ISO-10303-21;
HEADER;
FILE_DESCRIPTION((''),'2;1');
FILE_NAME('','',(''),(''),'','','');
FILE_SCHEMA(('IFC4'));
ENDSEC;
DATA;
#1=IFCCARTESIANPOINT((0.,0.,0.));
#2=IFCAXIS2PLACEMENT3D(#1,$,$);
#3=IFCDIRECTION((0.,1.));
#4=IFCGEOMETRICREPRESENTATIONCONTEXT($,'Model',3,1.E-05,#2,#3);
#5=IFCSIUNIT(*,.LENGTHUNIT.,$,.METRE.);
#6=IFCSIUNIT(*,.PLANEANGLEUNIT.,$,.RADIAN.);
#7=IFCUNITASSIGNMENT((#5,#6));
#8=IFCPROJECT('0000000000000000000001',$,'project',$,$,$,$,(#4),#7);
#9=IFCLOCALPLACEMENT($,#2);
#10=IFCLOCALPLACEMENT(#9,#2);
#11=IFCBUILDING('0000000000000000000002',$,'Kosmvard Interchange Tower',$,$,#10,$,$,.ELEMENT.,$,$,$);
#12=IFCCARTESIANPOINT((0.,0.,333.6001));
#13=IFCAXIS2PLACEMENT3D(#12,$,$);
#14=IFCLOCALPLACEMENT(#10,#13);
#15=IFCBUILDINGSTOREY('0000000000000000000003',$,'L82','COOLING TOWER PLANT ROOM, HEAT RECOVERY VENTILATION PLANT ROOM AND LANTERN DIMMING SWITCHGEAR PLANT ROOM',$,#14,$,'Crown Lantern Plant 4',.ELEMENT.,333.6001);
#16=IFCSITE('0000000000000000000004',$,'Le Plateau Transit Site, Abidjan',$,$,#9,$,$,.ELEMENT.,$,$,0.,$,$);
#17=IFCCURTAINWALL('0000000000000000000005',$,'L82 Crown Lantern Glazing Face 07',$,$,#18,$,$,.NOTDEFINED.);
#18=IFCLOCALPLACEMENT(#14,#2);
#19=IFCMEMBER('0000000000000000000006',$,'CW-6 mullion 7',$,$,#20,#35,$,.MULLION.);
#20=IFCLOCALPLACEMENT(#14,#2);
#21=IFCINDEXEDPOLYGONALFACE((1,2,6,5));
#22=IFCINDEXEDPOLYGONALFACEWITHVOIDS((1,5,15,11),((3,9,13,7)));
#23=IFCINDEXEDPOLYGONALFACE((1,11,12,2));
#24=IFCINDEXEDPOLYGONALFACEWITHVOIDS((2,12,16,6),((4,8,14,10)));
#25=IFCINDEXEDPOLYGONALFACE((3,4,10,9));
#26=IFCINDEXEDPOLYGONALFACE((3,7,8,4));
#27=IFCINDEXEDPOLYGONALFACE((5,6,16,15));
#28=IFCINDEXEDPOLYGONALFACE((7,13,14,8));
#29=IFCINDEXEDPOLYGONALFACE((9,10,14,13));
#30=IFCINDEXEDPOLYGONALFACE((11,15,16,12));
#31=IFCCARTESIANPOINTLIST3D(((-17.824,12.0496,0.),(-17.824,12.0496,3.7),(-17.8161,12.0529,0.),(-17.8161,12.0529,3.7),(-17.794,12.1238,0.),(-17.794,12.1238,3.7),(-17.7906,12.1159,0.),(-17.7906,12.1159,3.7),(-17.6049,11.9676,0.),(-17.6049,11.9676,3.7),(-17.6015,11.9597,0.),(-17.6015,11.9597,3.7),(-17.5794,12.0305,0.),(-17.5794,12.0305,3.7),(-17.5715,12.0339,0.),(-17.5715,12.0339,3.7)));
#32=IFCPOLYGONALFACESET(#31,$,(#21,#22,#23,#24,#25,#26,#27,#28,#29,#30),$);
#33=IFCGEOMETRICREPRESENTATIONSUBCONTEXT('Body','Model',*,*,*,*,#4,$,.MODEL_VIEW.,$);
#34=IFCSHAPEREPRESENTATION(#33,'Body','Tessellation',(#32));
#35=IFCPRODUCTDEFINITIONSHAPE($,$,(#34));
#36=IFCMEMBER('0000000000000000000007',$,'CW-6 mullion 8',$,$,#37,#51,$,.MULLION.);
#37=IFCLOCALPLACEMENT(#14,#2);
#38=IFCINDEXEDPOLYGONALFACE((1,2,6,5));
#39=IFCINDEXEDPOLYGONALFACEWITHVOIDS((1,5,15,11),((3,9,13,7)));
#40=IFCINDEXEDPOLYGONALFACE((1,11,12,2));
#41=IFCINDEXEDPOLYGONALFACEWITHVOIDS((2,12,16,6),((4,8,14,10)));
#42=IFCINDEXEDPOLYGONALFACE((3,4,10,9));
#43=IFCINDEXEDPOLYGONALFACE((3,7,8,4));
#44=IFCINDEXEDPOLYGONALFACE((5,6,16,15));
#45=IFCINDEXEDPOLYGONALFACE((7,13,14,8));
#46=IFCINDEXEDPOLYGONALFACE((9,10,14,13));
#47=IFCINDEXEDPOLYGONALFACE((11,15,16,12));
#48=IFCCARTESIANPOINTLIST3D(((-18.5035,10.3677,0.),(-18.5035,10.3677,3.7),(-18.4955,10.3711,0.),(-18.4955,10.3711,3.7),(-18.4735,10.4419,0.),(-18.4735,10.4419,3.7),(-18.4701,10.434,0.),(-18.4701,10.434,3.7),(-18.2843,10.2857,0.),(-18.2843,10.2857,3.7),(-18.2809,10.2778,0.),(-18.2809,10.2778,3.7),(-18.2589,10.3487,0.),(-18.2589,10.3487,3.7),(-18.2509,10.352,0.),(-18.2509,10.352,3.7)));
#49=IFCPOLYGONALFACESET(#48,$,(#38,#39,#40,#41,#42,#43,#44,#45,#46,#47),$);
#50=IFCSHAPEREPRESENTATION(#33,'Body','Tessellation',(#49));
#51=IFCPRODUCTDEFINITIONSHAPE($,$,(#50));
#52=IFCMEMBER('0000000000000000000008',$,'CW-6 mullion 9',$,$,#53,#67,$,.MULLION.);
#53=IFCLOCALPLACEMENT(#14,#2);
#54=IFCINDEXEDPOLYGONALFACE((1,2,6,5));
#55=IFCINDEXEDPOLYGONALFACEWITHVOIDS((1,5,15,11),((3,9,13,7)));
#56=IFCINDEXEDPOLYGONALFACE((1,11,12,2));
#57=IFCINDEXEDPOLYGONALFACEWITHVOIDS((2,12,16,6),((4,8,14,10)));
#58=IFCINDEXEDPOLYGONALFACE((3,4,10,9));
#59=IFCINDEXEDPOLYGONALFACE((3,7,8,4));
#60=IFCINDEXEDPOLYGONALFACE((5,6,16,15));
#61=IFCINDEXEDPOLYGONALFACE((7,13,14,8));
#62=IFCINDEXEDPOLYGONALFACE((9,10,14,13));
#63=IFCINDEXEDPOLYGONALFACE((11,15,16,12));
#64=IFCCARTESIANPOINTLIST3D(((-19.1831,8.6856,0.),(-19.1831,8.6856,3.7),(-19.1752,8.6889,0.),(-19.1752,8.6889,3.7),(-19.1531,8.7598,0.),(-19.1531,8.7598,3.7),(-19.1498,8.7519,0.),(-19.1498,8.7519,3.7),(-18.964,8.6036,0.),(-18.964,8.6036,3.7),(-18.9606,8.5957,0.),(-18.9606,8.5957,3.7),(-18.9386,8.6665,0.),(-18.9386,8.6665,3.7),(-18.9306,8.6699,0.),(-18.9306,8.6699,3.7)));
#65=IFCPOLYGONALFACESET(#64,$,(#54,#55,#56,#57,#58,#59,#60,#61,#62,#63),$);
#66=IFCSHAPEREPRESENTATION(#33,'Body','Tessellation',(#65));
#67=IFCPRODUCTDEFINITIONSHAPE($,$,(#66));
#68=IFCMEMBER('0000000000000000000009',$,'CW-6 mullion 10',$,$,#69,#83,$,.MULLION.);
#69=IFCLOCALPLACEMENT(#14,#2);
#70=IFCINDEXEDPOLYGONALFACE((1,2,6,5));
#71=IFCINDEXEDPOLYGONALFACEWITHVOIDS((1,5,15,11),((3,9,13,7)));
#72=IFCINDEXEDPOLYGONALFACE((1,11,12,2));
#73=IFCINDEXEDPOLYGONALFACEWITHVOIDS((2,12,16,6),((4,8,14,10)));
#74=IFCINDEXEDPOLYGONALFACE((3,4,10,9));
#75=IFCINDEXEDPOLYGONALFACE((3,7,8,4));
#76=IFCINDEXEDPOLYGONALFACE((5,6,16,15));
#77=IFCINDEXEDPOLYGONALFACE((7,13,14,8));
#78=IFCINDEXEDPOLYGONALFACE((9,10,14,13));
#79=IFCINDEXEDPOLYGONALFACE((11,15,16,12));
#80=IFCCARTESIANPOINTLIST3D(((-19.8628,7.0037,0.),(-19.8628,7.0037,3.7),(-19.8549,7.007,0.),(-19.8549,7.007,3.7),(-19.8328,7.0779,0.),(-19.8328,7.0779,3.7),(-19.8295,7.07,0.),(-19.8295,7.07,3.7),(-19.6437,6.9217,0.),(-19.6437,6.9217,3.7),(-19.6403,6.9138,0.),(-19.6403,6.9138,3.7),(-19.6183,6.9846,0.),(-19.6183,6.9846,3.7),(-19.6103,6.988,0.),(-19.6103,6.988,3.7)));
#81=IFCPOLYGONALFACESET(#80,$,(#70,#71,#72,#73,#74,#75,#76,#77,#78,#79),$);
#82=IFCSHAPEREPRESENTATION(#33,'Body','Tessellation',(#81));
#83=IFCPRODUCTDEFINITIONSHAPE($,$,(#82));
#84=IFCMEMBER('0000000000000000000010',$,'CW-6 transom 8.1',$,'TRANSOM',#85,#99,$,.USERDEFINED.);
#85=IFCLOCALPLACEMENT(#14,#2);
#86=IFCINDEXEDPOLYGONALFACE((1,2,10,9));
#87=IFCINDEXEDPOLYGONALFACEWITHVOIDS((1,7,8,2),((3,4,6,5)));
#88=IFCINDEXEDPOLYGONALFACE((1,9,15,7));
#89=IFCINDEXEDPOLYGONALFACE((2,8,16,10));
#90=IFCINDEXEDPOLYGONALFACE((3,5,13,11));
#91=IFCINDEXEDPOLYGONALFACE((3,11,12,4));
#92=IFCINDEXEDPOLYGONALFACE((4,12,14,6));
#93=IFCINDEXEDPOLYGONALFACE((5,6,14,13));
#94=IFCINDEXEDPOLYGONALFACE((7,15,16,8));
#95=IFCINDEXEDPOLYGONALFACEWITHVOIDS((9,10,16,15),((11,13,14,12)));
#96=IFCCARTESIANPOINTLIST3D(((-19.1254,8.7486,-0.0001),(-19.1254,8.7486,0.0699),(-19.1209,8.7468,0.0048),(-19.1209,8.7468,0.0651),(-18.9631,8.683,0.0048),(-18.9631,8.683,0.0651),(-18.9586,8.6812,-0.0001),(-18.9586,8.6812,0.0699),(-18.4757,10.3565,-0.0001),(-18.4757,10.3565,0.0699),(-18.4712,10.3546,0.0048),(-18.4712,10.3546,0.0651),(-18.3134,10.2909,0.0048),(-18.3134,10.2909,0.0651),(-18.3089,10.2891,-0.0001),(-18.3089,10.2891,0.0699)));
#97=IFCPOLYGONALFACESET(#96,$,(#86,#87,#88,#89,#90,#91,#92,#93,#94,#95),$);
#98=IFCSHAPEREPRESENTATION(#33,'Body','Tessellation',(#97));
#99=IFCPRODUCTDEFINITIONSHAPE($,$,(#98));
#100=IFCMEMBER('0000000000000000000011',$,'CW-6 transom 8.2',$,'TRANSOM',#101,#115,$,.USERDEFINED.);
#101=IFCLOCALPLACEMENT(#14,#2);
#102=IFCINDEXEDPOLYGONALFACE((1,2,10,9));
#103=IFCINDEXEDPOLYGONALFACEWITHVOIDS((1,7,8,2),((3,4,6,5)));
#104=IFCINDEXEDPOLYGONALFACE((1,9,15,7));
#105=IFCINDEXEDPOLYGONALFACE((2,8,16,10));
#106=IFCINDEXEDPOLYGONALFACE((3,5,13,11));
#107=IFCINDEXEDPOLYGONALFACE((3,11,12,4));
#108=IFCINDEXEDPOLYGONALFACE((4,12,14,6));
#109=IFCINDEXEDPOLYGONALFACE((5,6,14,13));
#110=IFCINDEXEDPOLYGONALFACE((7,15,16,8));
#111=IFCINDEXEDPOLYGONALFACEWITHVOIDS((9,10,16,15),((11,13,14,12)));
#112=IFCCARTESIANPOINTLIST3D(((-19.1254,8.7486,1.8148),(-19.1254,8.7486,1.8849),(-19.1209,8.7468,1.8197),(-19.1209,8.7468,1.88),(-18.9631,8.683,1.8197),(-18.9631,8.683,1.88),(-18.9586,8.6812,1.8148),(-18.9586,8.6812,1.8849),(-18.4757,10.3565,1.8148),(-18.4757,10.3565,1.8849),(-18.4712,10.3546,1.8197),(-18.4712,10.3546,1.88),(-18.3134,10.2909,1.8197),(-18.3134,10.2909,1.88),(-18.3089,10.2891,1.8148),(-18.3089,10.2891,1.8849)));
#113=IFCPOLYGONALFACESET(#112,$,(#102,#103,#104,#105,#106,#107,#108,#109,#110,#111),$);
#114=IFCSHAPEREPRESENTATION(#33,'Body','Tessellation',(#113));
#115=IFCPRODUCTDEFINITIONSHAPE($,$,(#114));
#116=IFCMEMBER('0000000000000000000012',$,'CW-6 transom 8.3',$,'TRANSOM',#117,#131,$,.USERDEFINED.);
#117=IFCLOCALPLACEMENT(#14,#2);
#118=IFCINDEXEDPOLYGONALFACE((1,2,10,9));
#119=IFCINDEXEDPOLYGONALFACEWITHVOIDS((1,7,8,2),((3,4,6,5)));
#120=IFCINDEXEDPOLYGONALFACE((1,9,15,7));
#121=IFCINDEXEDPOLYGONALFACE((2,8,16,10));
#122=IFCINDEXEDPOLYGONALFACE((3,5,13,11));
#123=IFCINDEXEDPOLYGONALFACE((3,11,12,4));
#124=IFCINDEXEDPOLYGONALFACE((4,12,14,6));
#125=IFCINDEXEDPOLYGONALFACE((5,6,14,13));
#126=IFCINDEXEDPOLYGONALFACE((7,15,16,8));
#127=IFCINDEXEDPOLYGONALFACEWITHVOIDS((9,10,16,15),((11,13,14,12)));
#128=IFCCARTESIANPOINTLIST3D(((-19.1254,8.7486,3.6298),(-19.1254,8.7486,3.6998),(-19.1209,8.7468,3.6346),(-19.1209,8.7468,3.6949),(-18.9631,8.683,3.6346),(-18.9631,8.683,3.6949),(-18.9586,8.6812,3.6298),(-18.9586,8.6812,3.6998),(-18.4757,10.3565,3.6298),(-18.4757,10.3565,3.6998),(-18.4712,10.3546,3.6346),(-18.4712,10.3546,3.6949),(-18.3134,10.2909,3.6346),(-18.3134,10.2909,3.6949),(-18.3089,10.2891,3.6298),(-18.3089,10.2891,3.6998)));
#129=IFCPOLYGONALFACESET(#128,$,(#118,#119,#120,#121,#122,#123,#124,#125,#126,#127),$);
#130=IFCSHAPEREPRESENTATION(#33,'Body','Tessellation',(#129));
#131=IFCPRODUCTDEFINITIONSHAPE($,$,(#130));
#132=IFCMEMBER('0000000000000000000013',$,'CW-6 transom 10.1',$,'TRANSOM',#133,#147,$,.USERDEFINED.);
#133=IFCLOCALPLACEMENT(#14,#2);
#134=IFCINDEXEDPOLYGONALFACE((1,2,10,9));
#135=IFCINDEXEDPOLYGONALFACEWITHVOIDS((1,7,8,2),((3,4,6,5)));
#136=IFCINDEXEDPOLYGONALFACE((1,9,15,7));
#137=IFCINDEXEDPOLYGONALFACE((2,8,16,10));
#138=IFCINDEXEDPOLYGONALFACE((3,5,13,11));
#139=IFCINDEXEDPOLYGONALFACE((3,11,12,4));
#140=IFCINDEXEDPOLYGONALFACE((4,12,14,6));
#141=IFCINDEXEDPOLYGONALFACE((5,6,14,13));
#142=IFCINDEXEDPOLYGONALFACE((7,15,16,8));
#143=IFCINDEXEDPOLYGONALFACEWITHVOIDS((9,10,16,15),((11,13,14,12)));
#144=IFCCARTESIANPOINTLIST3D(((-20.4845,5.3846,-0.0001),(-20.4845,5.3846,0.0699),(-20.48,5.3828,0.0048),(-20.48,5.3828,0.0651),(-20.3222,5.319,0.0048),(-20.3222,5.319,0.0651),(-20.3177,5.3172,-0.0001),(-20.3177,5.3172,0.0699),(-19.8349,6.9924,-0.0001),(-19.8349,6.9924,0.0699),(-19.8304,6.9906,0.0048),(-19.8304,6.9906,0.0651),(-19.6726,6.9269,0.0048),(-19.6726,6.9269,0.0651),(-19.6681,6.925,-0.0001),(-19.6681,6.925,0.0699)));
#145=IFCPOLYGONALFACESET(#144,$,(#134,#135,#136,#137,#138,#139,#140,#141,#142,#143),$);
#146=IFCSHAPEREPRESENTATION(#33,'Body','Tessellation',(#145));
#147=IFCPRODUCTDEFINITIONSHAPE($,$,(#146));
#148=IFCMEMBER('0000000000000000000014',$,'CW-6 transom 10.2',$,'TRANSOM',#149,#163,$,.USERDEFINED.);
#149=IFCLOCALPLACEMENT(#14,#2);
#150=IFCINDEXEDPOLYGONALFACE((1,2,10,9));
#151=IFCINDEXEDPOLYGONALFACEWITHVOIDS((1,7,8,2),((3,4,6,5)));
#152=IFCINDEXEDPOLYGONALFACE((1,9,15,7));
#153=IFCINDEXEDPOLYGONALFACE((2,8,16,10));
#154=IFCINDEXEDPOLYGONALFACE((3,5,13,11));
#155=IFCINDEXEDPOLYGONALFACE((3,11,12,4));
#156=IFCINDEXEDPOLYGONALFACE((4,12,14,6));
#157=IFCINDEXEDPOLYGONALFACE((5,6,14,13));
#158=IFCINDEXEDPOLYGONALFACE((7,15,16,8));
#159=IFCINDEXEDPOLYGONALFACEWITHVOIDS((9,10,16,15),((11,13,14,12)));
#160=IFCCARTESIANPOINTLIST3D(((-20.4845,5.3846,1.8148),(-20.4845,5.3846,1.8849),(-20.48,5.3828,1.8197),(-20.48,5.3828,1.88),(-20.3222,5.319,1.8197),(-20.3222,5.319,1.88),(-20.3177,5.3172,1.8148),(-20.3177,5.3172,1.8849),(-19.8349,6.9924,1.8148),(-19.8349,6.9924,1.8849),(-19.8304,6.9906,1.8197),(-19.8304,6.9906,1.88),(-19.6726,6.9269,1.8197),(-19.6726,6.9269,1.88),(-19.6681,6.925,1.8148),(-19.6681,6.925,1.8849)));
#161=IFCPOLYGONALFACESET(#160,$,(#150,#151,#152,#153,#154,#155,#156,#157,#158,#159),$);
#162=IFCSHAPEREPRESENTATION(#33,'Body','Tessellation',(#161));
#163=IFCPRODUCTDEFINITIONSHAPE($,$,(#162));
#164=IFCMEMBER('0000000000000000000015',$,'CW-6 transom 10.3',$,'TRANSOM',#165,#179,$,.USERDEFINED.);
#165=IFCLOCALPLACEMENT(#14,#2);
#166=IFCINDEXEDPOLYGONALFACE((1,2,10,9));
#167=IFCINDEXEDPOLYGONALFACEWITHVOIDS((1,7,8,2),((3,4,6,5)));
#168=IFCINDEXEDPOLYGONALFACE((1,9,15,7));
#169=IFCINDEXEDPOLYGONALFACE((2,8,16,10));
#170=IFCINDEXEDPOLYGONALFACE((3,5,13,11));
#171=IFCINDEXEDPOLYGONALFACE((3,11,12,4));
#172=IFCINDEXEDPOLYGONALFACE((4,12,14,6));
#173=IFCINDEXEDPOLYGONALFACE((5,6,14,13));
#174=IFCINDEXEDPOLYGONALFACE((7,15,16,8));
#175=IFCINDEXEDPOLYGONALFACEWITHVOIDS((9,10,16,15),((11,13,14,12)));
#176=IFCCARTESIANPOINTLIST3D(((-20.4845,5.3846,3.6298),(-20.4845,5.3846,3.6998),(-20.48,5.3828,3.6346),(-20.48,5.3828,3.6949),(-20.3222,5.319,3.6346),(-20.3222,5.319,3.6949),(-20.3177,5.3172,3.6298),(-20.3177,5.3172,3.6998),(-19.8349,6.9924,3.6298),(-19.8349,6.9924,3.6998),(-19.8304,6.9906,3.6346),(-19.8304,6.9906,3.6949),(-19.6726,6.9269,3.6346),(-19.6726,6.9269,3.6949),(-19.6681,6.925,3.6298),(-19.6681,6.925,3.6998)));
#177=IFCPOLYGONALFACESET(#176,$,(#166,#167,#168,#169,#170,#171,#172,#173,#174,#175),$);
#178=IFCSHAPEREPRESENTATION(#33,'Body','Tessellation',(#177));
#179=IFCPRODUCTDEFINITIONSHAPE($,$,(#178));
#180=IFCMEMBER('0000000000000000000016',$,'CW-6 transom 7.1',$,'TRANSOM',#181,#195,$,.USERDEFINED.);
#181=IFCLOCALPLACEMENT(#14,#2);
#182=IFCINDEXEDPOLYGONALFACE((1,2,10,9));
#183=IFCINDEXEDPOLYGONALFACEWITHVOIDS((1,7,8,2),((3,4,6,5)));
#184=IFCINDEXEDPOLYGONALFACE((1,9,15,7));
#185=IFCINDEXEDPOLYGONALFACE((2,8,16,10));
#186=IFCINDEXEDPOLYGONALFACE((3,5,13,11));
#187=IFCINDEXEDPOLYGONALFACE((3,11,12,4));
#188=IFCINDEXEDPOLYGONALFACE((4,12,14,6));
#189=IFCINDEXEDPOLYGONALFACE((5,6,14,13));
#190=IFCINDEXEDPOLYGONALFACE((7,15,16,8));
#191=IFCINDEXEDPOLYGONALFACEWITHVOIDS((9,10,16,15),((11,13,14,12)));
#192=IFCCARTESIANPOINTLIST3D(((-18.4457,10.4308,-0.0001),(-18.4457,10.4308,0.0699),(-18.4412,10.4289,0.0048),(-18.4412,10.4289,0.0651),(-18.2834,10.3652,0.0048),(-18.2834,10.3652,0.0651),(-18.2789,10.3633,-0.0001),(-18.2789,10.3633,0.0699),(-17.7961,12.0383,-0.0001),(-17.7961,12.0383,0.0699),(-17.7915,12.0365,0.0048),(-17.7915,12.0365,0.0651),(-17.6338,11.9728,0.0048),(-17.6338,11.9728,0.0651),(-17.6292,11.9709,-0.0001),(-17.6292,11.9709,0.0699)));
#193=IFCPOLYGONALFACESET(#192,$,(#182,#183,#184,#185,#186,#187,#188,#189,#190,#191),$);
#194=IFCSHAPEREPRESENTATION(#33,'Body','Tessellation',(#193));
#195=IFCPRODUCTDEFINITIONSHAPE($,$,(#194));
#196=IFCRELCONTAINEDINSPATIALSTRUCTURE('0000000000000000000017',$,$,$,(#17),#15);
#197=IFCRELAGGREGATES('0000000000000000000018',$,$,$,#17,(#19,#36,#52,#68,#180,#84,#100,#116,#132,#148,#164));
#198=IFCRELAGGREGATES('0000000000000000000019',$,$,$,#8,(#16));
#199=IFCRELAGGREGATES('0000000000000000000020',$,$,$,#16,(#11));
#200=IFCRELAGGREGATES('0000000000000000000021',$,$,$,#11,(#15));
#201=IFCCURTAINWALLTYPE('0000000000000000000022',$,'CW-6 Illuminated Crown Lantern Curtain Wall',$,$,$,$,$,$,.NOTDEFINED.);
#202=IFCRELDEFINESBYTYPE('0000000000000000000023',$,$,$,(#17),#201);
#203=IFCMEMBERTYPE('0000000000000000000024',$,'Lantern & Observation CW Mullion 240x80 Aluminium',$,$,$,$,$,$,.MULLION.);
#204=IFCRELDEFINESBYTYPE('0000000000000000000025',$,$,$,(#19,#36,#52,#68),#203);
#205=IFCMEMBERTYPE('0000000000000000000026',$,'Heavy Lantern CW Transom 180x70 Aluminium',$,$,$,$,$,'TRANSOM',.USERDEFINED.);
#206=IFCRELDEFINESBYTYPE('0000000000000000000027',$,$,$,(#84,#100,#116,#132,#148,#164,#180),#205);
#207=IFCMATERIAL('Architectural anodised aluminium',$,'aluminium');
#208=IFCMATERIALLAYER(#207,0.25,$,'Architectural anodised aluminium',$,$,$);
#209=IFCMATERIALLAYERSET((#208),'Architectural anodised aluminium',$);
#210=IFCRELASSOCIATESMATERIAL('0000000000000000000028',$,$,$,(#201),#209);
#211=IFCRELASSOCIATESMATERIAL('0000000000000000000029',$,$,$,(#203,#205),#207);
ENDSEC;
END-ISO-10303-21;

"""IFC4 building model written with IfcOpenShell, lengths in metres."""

from ifc_helpers import new_model, si_unit, direction, frame, origin, origin_2d, place, context, subcontext, project, spatial, hollow_rectangle, extrude, source, transform, mapped, material, layer, layer_set, material_profile, profile_set, type_object, element, aggregate, save


model = new_model("IFC4")

# Units and contexts
model_context = context("Model", 3, precision=1e-05, world=origin(), true_north=direction((0.0, 1.0)))
body_context = subcontext(model_context, "Body", "Model", "MODEL_VIEW")
ifc_project = project(units=[si_unit("LENGTHUNIT", "METRE"), si_unit("PLANEANGLEUNIT", "RADIAN")], contexts=[model_context])

# Site, building, storey
site_placement = place(None, origin())
site = spatial("IfcSite", under=ifc_project, at=site_placement, Name="Le Plateau Transit Site, Abidjan", CompositionType="ELEMENT", RefElevation=0.0)
building_placement = place(site_placement, origin())
building = spatial("IfcBuilding", under=site, at=building_placement, Name="Kosmvard Interchange Tower", CompositionType="ELEMENT")
storey_placement = place(building_placement, frame((0.0, 0.0, 333.6001)))
storey = spatial("IfcBuildingStorey", under=building, at=storey_placement, Name="L82", Description="COOLING TOWER PLANT ROOM, HEAT RECOVERY VENTILATION PLANT ROOM AND LANTERN DIMMING SWITCHGEAR PLANT ROOM", LongName="Crown Lantern Plant 4", CompositionType="ELEMENT", Elevation=333.6001)

# Curtain wall, members
ifc_material_1 = material(Name="Architectural anodised aluminium", Category="aluminium")
ifc_layer_1 = layer(ifc_material_1, 0.25, Name="Architectural anodised aluminium")
ifc_layer_set_1 = layer_set([ifc_layer_1], Name="Architectural anodised aluminium")
curtain_wall_type = type_object("IfcCurtainWallType", Name="CW-6 Illuminated Crown Lantern Curtain Wall", PredefinedType="NOTDEFINED", material=ifc_layer_set_1)
curtain_wall_placement = place(storey_placement, origin())
curtain_wall = element("IfcCurtainWall", 1, at=curtain_wall_placement, inside=storey, type_object=curtain_wall_type, Name="L82 Crown Lantern Glazing Face 07", PredefinedType="NOTDEFINED")
ifc_material_profile_1 = material_profile(ifc_material_1, hollow_rectangle(XDim=0.24, YDim=0.0801, WallThickness=0.0061, at=origin_2d()), Name="CWM 240x80x6")
ifc_profile_set_1 = profile_set([ifc_material_profile_1], Name="Architectural anodised aluminium")
member_type_1 = type_object("IfcMemberType", Name="Lantern & Observation CW Mullion 240x80 Aluminium", PredefinedType="MULLION", material=ifc_profile_set_1)
shared_shape_1 = source(origin(), body_context, "Body", "SweptSolid", [
    extrude(hollow_rectangle(XDim=0.24, YDim=0.0801, WallThickness=0.0061, at=origin_2d()), origin(), (0.0, 0.0, 1.0), 3.7),
])
member_1_placement = place(storey_placement, frame((-17.6978, 12.0417, 0.0), z_axis=(0.0, 0.0, 1.0), x_axis=(0.927184, -0.374607, 0.0)))
member_1 = element("IfcMember", 2, at=member_1_placement, type_object=member_type_1, Name="CW-6 mullion 7", PredefinedType="MULLION", context=body_context, shape_type="MappedRepresentation", body=[
    mapped(shared_shape_1, transform((0.0, 0.0, 0.0), scale=1.0)),
])
member_2_placement = place(storey_placement, frame((-18.3772, 10.3599, 0.0), z_axis=(0.0, 0.0, 1.0), x_axis=(0.927184, -0.374607, 0.0)))
member_2 = element("IfcMember", 3, at=member_2_placement, type_object=member_type_1, Name="CW-6 mullion 8", PredefinedType="MULLION", context=body_context, shape_type="MappedRepresentation", body=[
    mapped(shared_shape_1, transform((0.0, 0.0, 0.0), scale=1.0)),
])
member_3_placement = place(storey_placement, frame((-19.0569, 8.6777, 0.0), z_axis=(0.0, 0.0, 1.0), x_axis=(0.927184, -0.374607, 0.0)))
member_3 = element("IfcMember", 4, at=member_3_placement, type_object=member_type_1, Name="CW-6 mullion 9", PredefinedType="MULLION", context=body_context, shape_type="MappedRepresentation", body=[
    mapped(shared_shape_1, transform((0.0, 0.0, 0.0), scale=1.0)),
])
member_4_placement = place(storey_placement, frame((-19.7366, 6.9958, 0.0), z_axis=(0.0, 0.0, 1.0), x_axis=(0.927184, -0.374607, 0.0)))
member_4 = element("IfcMember", 5, at=member_4_placement, type_object=member_type_1, Name="CW-6 mullion 10", PredefinedType="MULLION", context=body_context, shape_type="MappedRepresentation", body=[
    mapped(shared_shape_1, transform((0.0, 0.0, 0.0), scale=1.0)),
])
ifc_material_profile_2 = material_profile(ifc_material_1, hollow_rectangle(XDim=0.1799, YDim=0.0701, WallThickness=0.0049, at=origin_2d()), Name="CWT 180x70x5")
ifc_profile_set_2 = profile_set([ifc_material_profile_2], Name="Architectural anodised aluminium")
member_type_2 = type_object("IfcMemberType", Name="Heavy Lantern CW Transom 180x70 Aluminium", ElementType="TRANSOM", PredefinedType="USERDEFINED", material=ifc_profile_set_2)
shared_shape_2 = source(origin(), body_context, "Body", "SweptSolid", [
    extrude(hollow_rectangle(XDim=0.1799, YDim=0.0701, WallThickness=0.0049, at=origin_2d()), origin(), (0.0, 0.0, 1.0), 1.7341),
])
member_5_placement = place(storey_placement, frame((-18.3923, 10.3228, 0.0349), z_axis=(-0.374617, -0.92718, 0.0), x_axis=(0.92718, -0.374617, 0.0)))
member_5 = element("IfcMember", 6, at=member_5_placement, type_object=member_type_2, Name="CW-6 transom 8.1", ObjectType="TRANSOM", PredefinedType="USERDEFINED", context=body_context, shape_type="MappedRepresentation", body=[
    mapped(shared_shape_2, transform((0.0, 0.0, 0.0), scale=1.0)),
])
member_6_placement = place(storey_placement, frame((-18.3923, 10.3228, 1.8499), z_axis=(-0.374617, -0.92718, 0.0), x_axis=(0.92718, -0.374617, 0.0)))
member_6 = element("IfcMember", 7, at=member_6_placement, type_object=member_type_2, Name="CW-6 transom 8.2", ObjectType="TRANSOM", PredefinedType="USERDEFINED", context=body_context, shape_type="MappedRepresentation", body=[
    mapped(shared_shape_2, transform((0.0, 0.0, 0.0), scale=1.0)),
])
member_7_placement = place(storey_placement, frame((-18.3923, 10.3228, 3.6648), z_axis=(-0.374617, -0.92718, 0.0), x_axis=(0.92718, -0.374617, 0.0)))
member_7 = element("IfcMember", 8, at=member_7_placement, type_object=member_type_2, Name="CW-6 transom 8.3", ObjectType="TRANSOM", PredefinedType="USERDEFINED", context=body_context, shape_type="MappedRepresentation", body=[
    mapped(shared_shape_2, transform((0.0, 0.0, 0.0), scale=1.0)),
])
member_8_placement = place(storey_placement, frame((-19.7515, 6.9587, 0.0349), z_axis=(-0.374617, -0.92718, 0.0), x_axis=(0.92718, -0.374617, 0.0)))
member_8 = element("IfcMember", 9, at=member_8_placement, type_object=member_type_2, Name="CW-6 transom 10.1", ObjectType="TRANSOM", PredefinedType="USERDEFINED", context=body_context, shape_type="MappedRepresentation", body=[
    mapped(shared_shape_2, transform((0.0, 0.0, 0.0), scale=1.0)),
])
member_9_placement = place(storey_placement, frame((-19.7515, 6.9587, 1.8499), z_axis=(-0.374617, -0.92718, 0.0), x_axis=(0.92718, -0.374617, 0.0)))
member_9 = element("IfcMember", 10, at=member_9_placement, type_object=member_type_2, Name="CW-6 transom 10.2", ObjectType="TRANSOM", PredefinedType="USERDEFINED", context=body_context, shape_type="MappedRepresentation", body=[
    mapped(shared_shape_2, transform((0.0, 0.0, 0.0), scale=1.0)),
])
member_10_placement = place(storey_placement, frame((-19.7515, 6.9587, 3.6648), z_axis=(-0.374617, -0.92718, 0.0), x_axis=(0.92718, -0.374617, 0.0)))
member_10 = element("IfcMember", 11, at=member_10_placement, type_object=member_type_2, Name="CW-6 transom 10.3", ObjectType="TRANSOM", PredefinedType="USERDEFINED", context=body_context, shape_type="MappedRepresentation", body=[
    mapped(shared_shape_2, transform((0.0, 0.0, 0.0), scale=1.0)),
])
shared_shape_3 = source(origin(), body_context, "Body", "SweptSolid", [
    extrude(hollow_rectangle(XDim=0.1799, YDim=0.0701, WallThickness=0.0049, at=origin_2d()), origin(), (0.0, 0.0, 1.0), 1.7339),
])
member_11_placement = place(storey_placement, frame((-17.7126, 12.0046, 0.0349), z_axis=(-0.374666, -0.92716, 0.0), x_axis=(0.92716, -0.374666, 0.0)))
member_11 = element("IfcMember", 12, at=member_11_placement, type_object=member_type_2, Name="CW-6 transom 7.1", ObjectType="TRANSOM", PredefinedType="USERDEFINED", context=body_context, shape_type="MappedRepresentation", body=[
    mapped(shared_shape_3, transform((0.0, 0.0, 0.0), scale=1.0)),
])
aggregate(curtain_wall, [member_1, member_2, member_3, member_4, member_11, member_5, member_6, member_7, member_8, member_9, member_10])

save(model, "model.ifc")
